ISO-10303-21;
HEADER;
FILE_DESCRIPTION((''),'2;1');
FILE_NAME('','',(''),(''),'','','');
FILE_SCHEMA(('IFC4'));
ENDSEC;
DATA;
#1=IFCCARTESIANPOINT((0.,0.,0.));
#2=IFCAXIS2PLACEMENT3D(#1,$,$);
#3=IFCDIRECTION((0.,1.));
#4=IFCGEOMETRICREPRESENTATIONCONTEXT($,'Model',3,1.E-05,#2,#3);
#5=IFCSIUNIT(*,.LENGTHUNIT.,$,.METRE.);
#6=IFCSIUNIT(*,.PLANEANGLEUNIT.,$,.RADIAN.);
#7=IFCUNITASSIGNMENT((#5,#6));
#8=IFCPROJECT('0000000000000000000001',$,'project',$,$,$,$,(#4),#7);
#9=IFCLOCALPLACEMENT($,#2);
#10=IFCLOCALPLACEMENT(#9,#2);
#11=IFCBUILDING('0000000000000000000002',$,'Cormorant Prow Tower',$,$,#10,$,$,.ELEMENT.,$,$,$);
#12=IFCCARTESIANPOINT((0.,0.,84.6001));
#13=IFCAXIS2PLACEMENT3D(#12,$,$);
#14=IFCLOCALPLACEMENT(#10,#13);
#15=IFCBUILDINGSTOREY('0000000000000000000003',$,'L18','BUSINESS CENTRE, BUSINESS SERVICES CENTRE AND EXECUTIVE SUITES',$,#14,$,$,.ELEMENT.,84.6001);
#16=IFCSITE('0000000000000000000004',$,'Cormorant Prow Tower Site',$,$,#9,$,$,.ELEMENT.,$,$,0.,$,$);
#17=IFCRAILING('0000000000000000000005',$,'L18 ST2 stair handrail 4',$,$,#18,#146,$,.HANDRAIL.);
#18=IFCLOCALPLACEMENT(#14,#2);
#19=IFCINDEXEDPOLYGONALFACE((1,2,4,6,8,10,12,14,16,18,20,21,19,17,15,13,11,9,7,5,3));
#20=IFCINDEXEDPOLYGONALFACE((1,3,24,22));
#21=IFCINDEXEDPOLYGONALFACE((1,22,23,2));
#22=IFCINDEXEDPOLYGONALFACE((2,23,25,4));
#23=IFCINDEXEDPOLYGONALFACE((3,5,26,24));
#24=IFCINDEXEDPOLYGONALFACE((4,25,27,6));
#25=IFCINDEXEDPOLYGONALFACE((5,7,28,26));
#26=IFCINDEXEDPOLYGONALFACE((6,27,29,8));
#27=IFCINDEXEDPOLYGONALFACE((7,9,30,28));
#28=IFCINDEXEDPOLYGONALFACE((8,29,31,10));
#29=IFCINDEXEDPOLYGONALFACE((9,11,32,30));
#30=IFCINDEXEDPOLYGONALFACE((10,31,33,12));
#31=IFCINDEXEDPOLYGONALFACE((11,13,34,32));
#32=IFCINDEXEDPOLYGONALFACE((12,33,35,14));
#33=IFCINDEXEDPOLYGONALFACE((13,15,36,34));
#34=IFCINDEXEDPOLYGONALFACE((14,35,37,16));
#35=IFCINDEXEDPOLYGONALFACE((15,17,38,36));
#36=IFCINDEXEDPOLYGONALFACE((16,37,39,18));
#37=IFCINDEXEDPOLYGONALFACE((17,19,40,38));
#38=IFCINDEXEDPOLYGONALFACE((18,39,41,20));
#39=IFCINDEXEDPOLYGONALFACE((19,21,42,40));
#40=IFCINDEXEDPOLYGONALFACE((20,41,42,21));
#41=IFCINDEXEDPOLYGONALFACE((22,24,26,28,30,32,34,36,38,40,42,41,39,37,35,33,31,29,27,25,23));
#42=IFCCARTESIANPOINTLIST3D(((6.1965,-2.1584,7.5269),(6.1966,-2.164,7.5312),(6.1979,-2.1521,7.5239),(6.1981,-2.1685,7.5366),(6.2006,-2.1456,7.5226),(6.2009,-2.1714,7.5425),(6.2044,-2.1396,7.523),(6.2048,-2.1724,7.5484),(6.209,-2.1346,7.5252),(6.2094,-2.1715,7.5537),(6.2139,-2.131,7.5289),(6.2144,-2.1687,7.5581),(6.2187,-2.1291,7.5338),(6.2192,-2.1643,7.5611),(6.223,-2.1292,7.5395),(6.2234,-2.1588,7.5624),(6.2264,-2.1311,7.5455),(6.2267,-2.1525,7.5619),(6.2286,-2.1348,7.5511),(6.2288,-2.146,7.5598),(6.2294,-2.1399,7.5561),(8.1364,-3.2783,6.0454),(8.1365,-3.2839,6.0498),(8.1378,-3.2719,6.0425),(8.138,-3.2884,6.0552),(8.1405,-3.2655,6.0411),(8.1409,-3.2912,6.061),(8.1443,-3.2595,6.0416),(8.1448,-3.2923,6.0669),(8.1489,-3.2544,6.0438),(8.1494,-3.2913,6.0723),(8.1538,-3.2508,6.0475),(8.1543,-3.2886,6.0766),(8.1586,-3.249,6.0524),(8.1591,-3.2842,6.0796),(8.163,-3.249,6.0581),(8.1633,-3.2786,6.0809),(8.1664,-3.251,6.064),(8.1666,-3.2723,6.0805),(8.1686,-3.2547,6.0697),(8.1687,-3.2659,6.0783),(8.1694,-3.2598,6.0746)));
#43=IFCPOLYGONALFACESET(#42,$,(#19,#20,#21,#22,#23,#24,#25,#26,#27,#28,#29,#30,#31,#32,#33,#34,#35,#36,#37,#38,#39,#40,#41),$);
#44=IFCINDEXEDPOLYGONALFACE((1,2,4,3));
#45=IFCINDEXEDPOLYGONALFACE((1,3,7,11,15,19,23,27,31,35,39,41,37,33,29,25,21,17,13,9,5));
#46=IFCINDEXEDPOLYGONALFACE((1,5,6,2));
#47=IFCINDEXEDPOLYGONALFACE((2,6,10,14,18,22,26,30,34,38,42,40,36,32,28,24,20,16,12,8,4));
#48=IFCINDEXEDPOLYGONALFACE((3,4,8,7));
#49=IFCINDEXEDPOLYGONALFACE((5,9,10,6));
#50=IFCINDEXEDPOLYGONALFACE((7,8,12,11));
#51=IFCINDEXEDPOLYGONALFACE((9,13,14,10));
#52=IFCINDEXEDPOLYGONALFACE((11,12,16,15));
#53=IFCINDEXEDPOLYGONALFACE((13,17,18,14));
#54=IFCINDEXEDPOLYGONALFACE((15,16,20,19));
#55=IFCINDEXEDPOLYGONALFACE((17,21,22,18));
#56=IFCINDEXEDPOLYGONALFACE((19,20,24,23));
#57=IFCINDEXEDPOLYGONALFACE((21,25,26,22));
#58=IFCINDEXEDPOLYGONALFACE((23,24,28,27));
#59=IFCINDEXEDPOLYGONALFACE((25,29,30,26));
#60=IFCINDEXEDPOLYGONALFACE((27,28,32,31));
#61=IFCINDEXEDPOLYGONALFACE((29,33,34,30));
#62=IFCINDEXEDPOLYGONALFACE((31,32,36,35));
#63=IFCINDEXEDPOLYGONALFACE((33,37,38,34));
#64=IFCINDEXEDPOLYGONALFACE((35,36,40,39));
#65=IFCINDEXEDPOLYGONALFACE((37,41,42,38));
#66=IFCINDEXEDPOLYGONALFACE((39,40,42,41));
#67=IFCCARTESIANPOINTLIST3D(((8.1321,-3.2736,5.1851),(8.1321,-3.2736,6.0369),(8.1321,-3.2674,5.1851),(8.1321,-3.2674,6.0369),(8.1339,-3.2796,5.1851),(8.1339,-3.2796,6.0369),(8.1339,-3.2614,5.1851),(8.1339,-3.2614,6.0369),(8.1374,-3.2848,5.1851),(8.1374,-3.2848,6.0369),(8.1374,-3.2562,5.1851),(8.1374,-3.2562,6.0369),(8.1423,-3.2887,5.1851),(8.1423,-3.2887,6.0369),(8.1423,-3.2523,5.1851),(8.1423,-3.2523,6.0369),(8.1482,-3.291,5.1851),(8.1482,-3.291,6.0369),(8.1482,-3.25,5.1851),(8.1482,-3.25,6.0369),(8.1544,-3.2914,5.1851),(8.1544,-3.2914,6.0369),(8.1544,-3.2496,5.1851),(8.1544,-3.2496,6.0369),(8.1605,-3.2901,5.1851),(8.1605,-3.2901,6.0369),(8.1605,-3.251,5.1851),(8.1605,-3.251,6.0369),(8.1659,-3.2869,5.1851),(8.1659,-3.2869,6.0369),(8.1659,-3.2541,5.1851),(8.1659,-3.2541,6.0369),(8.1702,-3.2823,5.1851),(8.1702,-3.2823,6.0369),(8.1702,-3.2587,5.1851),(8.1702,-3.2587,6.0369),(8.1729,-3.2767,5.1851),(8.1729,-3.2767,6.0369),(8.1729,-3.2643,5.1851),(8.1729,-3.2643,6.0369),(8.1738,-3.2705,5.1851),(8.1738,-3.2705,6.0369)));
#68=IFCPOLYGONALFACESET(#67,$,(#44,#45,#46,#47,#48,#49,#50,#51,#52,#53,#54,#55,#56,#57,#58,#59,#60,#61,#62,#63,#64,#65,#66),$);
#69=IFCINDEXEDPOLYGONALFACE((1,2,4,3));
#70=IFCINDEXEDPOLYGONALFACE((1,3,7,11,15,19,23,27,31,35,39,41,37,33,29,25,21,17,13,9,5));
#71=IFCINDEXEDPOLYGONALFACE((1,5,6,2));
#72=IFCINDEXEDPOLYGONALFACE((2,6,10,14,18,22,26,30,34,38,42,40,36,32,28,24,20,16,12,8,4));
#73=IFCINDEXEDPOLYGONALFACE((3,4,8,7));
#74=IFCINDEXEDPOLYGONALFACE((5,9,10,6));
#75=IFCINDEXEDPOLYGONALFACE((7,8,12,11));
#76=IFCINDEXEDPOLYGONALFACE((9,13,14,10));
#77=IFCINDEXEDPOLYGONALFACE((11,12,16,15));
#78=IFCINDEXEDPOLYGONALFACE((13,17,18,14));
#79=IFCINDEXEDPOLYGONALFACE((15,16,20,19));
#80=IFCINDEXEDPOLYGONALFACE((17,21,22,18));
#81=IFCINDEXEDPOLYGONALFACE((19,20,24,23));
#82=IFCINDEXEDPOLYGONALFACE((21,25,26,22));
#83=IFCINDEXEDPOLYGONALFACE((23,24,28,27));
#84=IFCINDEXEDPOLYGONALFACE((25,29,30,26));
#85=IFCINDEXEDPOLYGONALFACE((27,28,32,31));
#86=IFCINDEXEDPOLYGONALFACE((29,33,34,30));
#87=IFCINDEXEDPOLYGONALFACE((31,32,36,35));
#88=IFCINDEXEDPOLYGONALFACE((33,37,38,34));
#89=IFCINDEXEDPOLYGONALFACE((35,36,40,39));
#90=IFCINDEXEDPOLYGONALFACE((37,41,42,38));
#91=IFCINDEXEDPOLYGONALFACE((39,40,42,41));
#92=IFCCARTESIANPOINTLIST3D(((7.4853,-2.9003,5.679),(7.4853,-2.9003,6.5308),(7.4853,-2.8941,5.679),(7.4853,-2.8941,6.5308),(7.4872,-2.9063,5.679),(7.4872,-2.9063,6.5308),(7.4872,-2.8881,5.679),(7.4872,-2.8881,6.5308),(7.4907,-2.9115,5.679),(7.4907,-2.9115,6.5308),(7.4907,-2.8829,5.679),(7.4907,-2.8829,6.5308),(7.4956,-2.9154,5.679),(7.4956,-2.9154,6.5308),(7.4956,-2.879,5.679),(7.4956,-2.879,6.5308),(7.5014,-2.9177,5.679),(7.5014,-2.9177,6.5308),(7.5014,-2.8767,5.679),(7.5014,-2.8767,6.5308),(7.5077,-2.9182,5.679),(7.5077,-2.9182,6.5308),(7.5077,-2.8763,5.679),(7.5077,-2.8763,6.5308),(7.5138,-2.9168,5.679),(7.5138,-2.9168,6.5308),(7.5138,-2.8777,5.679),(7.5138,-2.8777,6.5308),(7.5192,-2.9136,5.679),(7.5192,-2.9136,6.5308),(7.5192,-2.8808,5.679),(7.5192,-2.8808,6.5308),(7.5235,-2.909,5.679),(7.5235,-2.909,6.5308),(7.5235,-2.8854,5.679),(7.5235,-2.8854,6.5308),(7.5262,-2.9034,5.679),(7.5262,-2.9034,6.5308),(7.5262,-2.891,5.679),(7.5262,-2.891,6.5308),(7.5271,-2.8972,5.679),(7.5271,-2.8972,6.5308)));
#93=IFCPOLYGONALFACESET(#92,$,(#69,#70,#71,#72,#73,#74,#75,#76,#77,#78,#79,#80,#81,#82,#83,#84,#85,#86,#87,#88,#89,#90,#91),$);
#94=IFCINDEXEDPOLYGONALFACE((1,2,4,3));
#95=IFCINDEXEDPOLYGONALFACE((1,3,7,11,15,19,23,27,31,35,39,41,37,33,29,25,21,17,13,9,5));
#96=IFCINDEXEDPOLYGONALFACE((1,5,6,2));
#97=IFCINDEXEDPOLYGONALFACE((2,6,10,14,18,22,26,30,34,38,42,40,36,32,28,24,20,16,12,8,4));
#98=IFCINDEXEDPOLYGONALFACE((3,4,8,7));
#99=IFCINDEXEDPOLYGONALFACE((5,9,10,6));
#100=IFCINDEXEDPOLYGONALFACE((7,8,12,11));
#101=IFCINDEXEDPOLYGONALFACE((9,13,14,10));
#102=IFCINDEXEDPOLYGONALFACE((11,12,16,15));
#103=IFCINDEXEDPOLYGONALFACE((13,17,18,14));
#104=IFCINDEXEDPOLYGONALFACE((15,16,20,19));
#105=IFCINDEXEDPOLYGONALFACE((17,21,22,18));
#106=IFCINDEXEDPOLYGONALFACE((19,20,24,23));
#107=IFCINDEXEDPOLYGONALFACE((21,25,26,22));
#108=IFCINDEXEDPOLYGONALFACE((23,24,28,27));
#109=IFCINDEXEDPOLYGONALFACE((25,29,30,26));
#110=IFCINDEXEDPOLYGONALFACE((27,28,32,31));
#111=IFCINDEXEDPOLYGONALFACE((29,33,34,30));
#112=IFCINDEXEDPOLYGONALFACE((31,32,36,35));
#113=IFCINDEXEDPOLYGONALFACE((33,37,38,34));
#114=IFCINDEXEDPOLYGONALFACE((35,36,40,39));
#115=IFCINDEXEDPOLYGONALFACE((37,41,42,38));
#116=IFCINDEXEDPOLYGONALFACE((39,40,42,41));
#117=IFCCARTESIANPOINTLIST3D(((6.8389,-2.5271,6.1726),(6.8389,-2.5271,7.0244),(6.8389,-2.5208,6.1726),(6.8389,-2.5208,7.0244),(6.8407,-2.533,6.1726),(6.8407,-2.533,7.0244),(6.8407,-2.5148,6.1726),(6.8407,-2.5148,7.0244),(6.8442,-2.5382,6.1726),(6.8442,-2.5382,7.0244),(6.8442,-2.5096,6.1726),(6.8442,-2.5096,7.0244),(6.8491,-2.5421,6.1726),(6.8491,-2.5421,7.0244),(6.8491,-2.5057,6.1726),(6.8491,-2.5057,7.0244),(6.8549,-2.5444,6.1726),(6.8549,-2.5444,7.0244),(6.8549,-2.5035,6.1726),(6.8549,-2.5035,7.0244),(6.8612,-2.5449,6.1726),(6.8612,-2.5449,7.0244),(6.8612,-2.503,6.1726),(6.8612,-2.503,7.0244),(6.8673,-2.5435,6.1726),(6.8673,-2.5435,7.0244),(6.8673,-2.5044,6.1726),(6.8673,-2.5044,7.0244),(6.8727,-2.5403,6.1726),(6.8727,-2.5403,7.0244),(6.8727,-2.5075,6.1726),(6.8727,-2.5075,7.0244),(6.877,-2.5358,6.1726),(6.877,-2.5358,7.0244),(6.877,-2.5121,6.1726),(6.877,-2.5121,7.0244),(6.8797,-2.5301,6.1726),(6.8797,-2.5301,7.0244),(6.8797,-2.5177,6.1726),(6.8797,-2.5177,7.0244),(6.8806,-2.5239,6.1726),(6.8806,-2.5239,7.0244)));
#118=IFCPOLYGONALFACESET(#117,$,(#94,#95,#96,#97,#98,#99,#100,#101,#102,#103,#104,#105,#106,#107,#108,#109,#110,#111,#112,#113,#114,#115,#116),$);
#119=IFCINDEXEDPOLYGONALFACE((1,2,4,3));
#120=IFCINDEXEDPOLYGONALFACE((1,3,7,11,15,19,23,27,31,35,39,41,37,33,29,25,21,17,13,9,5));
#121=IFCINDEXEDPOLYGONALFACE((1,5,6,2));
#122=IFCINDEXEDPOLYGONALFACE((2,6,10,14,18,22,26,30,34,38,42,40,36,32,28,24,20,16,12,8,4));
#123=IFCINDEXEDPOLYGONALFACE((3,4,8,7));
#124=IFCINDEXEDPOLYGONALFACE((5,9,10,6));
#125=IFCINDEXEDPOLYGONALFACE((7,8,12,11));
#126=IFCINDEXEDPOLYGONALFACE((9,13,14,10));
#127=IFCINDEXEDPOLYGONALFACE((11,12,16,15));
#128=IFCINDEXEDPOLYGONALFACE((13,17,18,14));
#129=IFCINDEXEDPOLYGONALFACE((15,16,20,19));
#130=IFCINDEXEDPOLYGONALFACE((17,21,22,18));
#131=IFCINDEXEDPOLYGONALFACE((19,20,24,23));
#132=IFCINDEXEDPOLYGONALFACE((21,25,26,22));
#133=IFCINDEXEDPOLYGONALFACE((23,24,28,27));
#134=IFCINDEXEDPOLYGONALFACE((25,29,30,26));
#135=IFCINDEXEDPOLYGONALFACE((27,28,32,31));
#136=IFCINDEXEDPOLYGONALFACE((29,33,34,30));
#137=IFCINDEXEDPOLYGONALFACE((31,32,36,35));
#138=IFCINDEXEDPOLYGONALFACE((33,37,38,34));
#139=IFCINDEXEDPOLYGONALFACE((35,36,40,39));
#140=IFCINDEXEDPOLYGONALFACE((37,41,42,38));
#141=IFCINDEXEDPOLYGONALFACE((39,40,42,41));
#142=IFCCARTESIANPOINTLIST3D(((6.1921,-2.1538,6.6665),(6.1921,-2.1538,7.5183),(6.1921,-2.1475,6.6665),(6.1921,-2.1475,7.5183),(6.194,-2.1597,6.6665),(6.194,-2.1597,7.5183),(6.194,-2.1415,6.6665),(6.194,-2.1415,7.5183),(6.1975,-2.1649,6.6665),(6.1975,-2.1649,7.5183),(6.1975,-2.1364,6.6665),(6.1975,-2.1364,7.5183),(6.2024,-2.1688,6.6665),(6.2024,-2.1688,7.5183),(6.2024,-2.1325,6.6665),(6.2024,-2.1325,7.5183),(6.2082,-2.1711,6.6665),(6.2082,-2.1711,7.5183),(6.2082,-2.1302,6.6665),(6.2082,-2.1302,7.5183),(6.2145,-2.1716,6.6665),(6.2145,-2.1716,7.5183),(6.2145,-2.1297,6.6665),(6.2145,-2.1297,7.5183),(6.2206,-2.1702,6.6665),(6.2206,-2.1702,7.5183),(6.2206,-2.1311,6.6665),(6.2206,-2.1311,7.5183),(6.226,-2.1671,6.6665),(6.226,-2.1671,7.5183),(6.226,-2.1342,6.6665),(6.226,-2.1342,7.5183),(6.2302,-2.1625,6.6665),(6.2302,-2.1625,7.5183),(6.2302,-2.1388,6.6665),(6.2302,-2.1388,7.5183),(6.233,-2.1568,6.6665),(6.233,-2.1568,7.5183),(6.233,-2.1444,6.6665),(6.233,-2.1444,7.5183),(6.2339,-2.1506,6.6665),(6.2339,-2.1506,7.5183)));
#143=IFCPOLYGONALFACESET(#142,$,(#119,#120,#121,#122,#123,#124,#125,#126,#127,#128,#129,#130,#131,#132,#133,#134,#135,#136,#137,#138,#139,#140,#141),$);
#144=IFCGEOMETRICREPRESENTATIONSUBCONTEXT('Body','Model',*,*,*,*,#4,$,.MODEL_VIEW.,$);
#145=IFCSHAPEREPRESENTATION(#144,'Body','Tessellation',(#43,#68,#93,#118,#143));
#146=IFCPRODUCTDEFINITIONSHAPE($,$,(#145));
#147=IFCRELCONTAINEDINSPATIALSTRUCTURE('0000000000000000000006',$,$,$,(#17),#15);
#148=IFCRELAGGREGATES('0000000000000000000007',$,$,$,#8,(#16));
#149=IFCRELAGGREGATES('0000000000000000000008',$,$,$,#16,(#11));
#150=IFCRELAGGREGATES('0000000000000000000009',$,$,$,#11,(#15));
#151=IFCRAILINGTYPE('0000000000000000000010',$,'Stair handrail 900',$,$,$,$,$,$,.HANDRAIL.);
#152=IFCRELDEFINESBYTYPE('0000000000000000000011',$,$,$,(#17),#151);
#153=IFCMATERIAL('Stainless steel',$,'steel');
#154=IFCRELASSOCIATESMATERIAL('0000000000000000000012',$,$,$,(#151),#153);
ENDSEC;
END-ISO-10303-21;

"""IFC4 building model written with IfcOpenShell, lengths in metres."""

from ifc_helpers import new_model, si_unit, direction, frame, origin, origin_2d, place, context, subcontext, project, spatial, circle, extrude, material, type_object, element, save


model = new_model("IFC4")

# Units and contexts
model_context = context("Model", 3, precision=1e-05, world=origin(), true_north=direction((0.0, 1.0)))
body_context = subcontext(model_context, "Body", "Model", "MODEL_VIEW")
ifc_project = project(units=[si_unit("LENGTHUNIT", "METRE"), si_unit("PLANEANGLEUNIT", "RADIAN")], contexts=[model_context])

# Site, building, storey
site_placement = place(None, origin())
site = spatial("IfcSite", under=ifc_project, at=site_placement, Name="Cormorant Prow Tower Site", CompositionType="ELEMENT", RefElevation=0.0)
building_placement = place(site_placement, origin())
building = spatial("IfcBuilding", under=site, at=building_placement, Name="Cormorant Prow Tower", CompositionType="ELEMENT")
storey_placement = place(building_placement, frame((0.0, 0.0, 84.6001)))
storey = spatial("IfcBuildingStorey", under=building, at=storey_placement, Name="L18", Description="BUSINESS CENTRE, BUSINESS SERVICES CENTRE AND EXECUTIVE SUITES", CompositionType="ELEMENT", Elevation=84.6001)

# Railing
ifc_material_1 = material(Name="Stainless steel", Category="steel")
railing_type_1 = type_object("IfcRailingType", Name="Stair handrail 900", PredefinedType="HANDRAIL", material=ifc_material_1)
railing_1_placement = place(storey_placement, frame((8.1528, -3.2705, 5.1851)))
element("IfcRailing", 1, at=railing_1_placement, inside=storey, type_object=railing_type_1, Name="L18 ST2 stair handrail 4", PredefinedType="HANDRAIL", context=body_context, shape_type="SweptSolid", body=[
    extrude(circle(Radius=0.0239, at=origin_2d()), frame((0.0, 0.0, 0.876), z_axis=(-0.722363, 0.417, 0.551636), x_axis=(-0.499949, -0.866055, 0.0)), (0.0, 0.0, 1.0), 2.6855),
    extrude(circle(Radius=0.021, at=origin_2d()), origin(), (0.0, 0.0, 1.0), 0.8518),
    extrude(circle(Radius=0.021, at=origin_2d()), frame((-0.6467, 0.3733, 0.4939)), (0.0, 0.0, 1.0), 0.8518),
    extrude(circle(Radius=0.021, at=origin_2d()), frame((-1.2932, 0.7466, 0.9875)), (0.0, 0.0, 1.0), 0.8518),
    extrude(circle(Radius=0.021, at=origin_2d()), frame((-1.9399, 1.1199, 1.4814)), (0.0, 0.0, 1.0), 0.8518),
])

save(model, "model.ifc")
